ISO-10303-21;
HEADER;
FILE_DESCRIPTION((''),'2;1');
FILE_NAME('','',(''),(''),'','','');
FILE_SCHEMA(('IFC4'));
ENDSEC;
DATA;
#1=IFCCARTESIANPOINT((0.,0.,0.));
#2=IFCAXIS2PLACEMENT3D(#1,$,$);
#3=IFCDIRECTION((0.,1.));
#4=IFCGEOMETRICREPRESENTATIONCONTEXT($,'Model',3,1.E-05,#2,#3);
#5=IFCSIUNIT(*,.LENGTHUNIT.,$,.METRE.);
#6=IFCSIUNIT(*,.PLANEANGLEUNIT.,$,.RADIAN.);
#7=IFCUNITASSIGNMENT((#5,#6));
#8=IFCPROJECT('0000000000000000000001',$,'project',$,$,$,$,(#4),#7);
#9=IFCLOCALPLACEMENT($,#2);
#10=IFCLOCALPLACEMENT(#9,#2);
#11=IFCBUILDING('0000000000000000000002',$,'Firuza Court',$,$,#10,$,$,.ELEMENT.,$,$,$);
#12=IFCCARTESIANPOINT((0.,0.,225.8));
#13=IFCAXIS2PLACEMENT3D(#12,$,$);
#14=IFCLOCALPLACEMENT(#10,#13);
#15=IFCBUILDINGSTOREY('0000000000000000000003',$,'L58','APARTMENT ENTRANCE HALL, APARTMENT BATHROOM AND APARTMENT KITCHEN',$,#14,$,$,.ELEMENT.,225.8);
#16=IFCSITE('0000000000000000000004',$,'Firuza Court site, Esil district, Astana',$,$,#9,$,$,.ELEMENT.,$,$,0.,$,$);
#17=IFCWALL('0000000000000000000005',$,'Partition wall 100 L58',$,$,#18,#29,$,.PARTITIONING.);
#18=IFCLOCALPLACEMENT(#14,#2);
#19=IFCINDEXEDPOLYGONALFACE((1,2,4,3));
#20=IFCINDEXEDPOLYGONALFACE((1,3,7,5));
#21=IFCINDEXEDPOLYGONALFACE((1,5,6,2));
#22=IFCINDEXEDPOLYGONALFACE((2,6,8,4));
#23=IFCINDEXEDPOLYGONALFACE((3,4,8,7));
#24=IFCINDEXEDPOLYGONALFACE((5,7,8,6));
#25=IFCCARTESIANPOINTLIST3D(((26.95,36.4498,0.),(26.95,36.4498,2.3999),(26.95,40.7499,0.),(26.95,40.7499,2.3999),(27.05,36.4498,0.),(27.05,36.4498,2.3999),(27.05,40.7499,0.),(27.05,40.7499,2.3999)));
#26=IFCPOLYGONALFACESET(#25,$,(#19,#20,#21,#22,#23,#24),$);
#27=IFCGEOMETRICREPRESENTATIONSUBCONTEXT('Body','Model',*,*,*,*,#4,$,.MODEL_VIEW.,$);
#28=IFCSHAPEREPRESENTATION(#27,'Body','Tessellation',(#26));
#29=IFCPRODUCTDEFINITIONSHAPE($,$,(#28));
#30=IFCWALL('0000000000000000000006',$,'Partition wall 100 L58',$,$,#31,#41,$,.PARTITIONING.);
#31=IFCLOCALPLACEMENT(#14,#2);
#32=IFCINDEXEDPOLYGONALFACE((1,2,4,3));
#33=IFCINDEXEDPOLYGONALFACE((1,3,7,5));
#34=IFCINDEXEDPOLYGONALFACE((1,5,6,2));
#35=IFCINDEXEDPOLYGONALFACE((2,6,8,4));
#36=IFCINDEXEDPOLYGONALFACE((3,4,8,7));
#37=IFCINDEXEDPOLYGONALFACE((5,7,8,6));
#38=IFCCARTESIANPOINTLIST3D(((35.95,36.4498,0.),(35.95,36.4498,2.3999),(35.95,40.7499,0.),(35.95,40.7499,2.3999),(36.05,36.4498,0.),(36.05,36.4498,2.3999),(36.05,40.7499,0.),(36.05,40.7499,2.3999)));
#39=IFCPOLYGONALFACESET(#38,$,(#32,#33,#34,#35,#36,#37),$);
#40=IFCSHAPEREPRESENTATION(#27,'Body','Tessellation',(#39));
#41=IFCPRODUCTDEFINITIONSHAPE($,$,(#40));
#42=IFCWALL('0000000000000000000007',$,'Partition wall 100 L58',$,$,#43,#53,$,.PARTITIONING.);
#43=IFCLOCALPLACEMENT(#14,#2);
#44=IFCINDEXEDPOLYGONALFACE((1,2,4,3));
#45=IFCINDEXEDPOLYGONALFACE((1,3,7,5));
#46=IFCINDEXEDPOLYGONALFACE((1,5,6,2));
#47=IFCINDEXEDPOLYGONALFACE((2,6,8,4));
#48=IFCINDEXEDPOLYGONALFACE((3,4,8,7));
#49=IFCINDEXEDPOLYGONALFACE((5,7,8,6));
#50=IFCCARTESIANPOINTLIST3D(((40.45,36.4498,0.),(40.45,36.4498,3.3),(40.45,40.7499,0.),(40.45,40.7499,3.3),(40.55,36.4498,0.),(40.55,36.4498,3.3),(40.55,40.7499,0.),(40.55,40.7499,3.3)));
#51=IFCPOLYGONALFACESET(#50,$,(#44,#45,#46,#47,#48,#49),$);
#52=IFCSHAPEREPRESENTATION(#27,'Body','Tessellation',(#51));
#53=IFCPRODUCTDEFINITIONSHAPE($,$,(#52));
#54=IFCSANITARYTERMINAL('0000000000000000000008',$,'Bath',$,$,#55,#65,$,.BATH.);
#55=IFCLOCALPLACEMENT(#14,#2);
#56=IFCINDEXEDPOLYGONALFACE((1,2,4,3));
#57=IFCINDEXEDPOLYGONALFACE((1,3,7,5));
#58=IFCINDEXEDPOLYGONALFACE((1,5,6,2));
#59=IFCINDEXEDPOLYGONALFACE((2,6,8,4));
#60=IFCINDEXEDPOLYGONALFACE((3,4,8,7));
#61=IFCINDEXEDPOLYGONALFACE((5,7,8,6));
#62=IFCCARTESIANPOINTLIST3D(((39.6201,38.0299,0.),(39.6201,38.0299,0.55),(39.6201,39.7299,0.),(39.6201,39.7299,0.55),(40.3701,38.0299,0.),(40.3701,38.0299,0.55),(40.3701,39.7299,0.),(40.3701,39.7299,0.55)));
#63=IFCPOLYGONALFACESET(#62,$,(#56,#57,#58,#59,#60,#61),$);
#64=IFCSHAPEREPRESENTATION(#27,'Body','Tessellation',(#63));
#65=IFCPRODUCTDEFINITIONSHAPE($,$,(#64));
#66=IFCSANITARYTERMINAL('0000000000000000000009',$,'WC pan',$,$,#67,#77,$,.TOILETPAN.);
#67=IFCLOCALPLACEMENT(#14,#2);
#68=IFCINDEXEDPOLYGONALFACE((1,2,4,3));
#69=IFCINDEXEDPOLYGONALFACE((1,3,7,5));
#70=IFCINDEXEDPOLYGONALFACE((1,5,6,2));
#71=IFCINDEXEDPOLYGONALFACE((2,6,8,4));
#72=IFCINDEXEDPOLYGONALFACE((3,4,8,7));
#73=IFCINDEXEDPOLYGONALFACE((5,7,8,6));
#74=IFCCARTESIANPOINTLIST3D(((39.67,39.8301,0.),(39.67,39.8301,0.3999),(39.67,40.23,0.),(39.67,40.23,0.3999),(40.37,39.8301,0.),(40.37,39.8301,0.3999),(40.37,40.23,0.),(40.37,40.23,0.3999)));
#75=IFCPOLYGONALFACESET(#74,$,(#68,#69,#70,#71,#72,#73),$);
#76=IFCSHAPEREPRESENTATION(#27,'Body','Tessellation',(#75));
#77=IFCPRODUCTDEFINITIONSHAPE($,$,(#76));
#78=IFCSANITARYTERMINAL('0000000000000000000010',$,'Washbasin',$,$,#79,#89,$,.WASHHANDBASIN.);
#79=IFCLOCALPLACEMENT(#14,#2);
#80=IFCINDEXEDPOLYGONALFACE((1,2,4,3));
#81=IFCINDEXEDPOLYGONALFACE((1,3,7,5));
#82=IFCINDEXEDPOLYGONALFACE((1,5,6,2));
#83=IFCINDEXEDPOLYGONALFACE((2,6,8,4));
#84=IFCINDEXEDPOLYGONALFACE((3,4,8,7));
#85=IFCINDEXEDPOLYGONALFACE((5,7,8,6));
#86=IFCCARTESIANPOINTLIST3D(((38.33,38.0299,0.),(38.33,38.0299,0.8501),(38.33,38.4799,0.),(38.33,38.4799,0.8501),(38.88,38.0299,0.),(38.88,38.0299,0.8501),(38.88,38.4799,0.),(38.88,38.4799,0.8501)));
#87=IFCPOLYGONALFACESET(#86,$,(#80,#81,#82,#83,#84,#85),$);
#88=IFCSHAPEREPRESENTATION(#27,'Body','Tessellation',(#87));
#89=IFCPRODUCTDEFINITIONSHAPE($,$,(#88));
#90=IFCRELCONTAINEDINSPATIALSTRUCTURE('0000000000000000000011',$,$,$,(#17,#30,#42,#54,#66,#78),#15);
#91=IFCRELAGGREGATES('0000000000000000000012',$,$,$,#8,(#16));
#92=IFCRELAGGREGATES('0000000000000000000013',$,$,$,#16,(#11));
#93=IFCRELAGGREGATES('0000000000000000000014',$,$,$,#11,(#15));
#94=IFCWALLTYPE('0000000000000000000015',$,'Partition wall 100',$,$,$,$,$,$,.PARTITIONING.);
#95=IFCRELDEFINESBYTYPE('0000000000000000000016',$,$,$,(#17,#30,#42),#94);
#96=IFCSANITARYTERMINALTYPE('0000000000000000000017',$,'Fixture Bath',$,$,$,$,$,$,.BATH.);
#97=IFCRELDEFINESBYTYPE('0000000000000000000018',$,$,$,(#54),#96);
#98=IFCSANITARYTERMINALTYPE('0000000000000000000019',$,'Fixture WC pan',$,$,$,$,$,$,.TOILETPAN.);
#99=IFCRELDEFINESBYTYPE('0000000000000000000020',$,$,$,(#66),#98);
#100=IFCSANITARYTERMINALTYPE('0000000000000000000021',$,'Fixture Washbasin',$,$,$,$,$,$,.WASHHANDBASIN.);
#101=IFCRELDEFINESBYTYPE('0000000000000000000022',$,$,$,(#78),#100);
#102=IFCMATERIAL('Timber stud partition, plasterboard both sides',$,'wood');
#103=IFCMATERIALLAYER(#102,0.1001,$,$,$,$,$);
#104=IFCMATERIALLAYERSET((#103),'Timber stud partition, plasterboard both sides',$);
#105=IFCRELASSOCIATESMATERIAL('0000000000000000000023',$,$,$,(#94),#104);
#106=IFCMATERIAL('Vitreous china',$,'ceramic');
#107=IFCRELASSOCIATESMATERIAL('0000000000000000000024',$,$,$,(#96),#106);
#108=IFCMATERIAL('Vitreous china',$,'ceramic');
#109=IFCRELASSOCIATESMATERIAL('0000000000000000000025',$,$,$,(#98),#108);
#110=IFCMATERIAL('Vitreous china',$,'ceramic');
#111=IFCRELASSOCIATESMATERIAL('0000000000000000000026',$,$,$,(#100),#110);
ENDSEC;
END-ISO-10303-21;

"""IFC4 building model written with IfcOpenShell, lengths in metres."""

from ifc_helpers import new_model, si_unit, direction, frame, frame_2d, origin, origin_2d, place, context, subcontext, project, spatial, rectangle, extrude, material, layer, layer_set, type_object, element, save


model = new_model("IFC4")

# Units and contexts
model_context = context("Model", 3, precision=1e-05, world=origin(), true_north=direction((0.0, 1.0)))
body_context = subcontext(model_context, "Body", "Model", "MODEL_VIEW")
ifc_project = project(units=[si_unit("LENGTHUNIT", "METRE"), si_unit("PLANEANGLEUNIT", "RADIAN")], contexts=[model_context])

# Site, building, storey
site_placement = place(None, origin())
site = spatial("IfcSite", under=ifc_project, at=site_placement, Name="Firuza Court site, Esil district, Astana", CompositionType="ELEMENT", RefElevation=0.0)
building_placement = place(site_placement, origin())
building = spatial("IfcBuilding", under=site, at=building_placement, Name="Firuza Court", CompositionType="ELEMENT")
storey_placement = place(building_placement, frame((0.0, 0.0, 225.8)))
storey = spatial("IfcBuildingStorey", under=building, at=storey_placement, Name="L58", Description="APARTMENT ENTRANCE HALL, APARTMENT BATHROOM AND APARTMENT KITCHEN", CompositionType="ELEMENT", Elevation=225.8)

# Walls
ifc_material_1 = material(Name="Timber stud partition, plasterboard both sides", Category="wood")
ifc_layer_1 = layer(ifc_material_1, 0.1001)
ifc_layer_set_1 = layer_set([ifc_layer_1], Name="Timber stud partition, plasterboard both sides")
wall_type_1 = type_object("IfcWallType", Name="Partition wall 100", PredefinedType="PARTITIONING", material=ifc_layer_set_1)
for number, where, z_axis, x_axis, name in (
    (1, (27.0, 36.45, 0.0), (0.0, 0.0, 1.0), (0.0, 1.0, 0.0), "Partition wall 100 L58"),
    (2, (36.0, 36.45, 0.0), (0.0, 0.0, 1.0), (0.0, 1.0, 0.0), "Partition wall 100 L58"),
):
    element("IfcWall", number, at=place(storey_placement, frame(where, z_axis=z_axis, x_axis=x_axis)), inside=storey, type_object=wall_type_1, Name=name, PredefinedType="PARTITIONING", context=body_context, shape_type="SweptSolid", body=[
        extrude(rectangle(XDim=4.3, YDim=0.1001, at=frame_2d((2.1499, 0.0))), origin(), (0.0, 0.0, 1.0), 2.3999),
    ])
wall_1_placement = place(storey_placement, frame((40.5, 36.45, 0.0), z_axis=(0.0, 0.0, 1.0), x_axis=(0.0, 1.0, 0.0)))
element("IfcWall", 3, at=wall_1_placement, inside=storey, type_object=wall_type_1, Name="Partition wall 100 L58", PredefinedType="PARTITIONING", context=body_context, shape_type="SweptSolid", body=[
    extrude(rectangle(XDim=4.3, YDim=0.1001, at=frame_2d((2.1499, 0.0))), origin(), (0.0, 0.0, 1.0), 3.3),
])

# Sanitary terminals
ifc_material_2 = material(Name="Vitreous china", Category="ceramic")
sanitary_terminal_type_1 = type_object("IfcSanitaryTerminalType", Name="Fixture Bath", PredefinedType="BATH", material=ifc_material_2)
sanitary_terminal_1_placement = place(storey_placement, frame((39.9951, 38.8799, 0.0), z_axis=(0.0, 0.0, 1.0), x_axis=(1.0, 0.0, 0.0)))
element("IfcSanitaryTerminal", 4, at=sanitary_terminal_1_placement, inside=storey, type_object=sanitary_terminal_type_1, Name="Bath", PredefinedType="BATH", context=body_context, shape_type="SweptSolid", body=[
    extrude(rectangle(XDim=0.75, YDim=1.7, at=origin_2d()), origin(), (0.0, 0.0, 1.0), 0.55),
])
ifc_material_3 = material(Name="Vitreous china", Category="ceramic")
sanitary_terminal_type_2 = type_object("IfcSanitaryTerminalType", Name="Fixture WC pan", PredefinedType="TOILETPAN", material=ifc_material_3)
sanitary_terminal_2_placement = place(storey_placement, frame((40.02, 40.03, 0.0), z_axis=(0.0, 0.0, 1.0), x_axis=(1.0, 0.0, 0.0)))
element("IfcSanitaryTerminal", 5, at=sanitary_terminal_2_placement, inside=storey, type_object=sanitary_terminal_type_2, Name="WC pan", PredefinedType="TOILETPAN", context=body_context, shape_type="SweptSolid", body=[
    extrude(rectangle(XDim=0.7, YDim=0.3999, at=origin_2d()), origin(), (0.0, 0.0, 1.0), 0.3999),
])
ifc_material_4 = material(Name="Vitreous china", Category="ceramic")
sanitary_terminal_type_3 = type_object("IfcSanitaryTerminalType", Name="Fixture Washbasin", PredefinedType="WASHHANDBASIN", material=ifc_material_4)
sanitary_terminal_3_placement = place(storey_placement, frame((38.605, 38.2549, 0.0), z_axis=(0.0, 0.0, 1.0), x_axis=(1.0, 0.0, 0.0)))
element("IfcSanitaryTerminal", 6, at=sanitary_terminal_3_placement, inside=storey, type_object=sanitary_terminal_type_3, Name="Washbasin", PredefinedType="WASHHANDBASIN", context=body_context, shape_type="SweptSolid", body=[
    extrude(rectangle(XDim=0.55, YDim=0.45, at=origin_2d()), origin(), (0.0, 0.0, 1.0), 0.8501),
])

save(model, "model.ifc")
